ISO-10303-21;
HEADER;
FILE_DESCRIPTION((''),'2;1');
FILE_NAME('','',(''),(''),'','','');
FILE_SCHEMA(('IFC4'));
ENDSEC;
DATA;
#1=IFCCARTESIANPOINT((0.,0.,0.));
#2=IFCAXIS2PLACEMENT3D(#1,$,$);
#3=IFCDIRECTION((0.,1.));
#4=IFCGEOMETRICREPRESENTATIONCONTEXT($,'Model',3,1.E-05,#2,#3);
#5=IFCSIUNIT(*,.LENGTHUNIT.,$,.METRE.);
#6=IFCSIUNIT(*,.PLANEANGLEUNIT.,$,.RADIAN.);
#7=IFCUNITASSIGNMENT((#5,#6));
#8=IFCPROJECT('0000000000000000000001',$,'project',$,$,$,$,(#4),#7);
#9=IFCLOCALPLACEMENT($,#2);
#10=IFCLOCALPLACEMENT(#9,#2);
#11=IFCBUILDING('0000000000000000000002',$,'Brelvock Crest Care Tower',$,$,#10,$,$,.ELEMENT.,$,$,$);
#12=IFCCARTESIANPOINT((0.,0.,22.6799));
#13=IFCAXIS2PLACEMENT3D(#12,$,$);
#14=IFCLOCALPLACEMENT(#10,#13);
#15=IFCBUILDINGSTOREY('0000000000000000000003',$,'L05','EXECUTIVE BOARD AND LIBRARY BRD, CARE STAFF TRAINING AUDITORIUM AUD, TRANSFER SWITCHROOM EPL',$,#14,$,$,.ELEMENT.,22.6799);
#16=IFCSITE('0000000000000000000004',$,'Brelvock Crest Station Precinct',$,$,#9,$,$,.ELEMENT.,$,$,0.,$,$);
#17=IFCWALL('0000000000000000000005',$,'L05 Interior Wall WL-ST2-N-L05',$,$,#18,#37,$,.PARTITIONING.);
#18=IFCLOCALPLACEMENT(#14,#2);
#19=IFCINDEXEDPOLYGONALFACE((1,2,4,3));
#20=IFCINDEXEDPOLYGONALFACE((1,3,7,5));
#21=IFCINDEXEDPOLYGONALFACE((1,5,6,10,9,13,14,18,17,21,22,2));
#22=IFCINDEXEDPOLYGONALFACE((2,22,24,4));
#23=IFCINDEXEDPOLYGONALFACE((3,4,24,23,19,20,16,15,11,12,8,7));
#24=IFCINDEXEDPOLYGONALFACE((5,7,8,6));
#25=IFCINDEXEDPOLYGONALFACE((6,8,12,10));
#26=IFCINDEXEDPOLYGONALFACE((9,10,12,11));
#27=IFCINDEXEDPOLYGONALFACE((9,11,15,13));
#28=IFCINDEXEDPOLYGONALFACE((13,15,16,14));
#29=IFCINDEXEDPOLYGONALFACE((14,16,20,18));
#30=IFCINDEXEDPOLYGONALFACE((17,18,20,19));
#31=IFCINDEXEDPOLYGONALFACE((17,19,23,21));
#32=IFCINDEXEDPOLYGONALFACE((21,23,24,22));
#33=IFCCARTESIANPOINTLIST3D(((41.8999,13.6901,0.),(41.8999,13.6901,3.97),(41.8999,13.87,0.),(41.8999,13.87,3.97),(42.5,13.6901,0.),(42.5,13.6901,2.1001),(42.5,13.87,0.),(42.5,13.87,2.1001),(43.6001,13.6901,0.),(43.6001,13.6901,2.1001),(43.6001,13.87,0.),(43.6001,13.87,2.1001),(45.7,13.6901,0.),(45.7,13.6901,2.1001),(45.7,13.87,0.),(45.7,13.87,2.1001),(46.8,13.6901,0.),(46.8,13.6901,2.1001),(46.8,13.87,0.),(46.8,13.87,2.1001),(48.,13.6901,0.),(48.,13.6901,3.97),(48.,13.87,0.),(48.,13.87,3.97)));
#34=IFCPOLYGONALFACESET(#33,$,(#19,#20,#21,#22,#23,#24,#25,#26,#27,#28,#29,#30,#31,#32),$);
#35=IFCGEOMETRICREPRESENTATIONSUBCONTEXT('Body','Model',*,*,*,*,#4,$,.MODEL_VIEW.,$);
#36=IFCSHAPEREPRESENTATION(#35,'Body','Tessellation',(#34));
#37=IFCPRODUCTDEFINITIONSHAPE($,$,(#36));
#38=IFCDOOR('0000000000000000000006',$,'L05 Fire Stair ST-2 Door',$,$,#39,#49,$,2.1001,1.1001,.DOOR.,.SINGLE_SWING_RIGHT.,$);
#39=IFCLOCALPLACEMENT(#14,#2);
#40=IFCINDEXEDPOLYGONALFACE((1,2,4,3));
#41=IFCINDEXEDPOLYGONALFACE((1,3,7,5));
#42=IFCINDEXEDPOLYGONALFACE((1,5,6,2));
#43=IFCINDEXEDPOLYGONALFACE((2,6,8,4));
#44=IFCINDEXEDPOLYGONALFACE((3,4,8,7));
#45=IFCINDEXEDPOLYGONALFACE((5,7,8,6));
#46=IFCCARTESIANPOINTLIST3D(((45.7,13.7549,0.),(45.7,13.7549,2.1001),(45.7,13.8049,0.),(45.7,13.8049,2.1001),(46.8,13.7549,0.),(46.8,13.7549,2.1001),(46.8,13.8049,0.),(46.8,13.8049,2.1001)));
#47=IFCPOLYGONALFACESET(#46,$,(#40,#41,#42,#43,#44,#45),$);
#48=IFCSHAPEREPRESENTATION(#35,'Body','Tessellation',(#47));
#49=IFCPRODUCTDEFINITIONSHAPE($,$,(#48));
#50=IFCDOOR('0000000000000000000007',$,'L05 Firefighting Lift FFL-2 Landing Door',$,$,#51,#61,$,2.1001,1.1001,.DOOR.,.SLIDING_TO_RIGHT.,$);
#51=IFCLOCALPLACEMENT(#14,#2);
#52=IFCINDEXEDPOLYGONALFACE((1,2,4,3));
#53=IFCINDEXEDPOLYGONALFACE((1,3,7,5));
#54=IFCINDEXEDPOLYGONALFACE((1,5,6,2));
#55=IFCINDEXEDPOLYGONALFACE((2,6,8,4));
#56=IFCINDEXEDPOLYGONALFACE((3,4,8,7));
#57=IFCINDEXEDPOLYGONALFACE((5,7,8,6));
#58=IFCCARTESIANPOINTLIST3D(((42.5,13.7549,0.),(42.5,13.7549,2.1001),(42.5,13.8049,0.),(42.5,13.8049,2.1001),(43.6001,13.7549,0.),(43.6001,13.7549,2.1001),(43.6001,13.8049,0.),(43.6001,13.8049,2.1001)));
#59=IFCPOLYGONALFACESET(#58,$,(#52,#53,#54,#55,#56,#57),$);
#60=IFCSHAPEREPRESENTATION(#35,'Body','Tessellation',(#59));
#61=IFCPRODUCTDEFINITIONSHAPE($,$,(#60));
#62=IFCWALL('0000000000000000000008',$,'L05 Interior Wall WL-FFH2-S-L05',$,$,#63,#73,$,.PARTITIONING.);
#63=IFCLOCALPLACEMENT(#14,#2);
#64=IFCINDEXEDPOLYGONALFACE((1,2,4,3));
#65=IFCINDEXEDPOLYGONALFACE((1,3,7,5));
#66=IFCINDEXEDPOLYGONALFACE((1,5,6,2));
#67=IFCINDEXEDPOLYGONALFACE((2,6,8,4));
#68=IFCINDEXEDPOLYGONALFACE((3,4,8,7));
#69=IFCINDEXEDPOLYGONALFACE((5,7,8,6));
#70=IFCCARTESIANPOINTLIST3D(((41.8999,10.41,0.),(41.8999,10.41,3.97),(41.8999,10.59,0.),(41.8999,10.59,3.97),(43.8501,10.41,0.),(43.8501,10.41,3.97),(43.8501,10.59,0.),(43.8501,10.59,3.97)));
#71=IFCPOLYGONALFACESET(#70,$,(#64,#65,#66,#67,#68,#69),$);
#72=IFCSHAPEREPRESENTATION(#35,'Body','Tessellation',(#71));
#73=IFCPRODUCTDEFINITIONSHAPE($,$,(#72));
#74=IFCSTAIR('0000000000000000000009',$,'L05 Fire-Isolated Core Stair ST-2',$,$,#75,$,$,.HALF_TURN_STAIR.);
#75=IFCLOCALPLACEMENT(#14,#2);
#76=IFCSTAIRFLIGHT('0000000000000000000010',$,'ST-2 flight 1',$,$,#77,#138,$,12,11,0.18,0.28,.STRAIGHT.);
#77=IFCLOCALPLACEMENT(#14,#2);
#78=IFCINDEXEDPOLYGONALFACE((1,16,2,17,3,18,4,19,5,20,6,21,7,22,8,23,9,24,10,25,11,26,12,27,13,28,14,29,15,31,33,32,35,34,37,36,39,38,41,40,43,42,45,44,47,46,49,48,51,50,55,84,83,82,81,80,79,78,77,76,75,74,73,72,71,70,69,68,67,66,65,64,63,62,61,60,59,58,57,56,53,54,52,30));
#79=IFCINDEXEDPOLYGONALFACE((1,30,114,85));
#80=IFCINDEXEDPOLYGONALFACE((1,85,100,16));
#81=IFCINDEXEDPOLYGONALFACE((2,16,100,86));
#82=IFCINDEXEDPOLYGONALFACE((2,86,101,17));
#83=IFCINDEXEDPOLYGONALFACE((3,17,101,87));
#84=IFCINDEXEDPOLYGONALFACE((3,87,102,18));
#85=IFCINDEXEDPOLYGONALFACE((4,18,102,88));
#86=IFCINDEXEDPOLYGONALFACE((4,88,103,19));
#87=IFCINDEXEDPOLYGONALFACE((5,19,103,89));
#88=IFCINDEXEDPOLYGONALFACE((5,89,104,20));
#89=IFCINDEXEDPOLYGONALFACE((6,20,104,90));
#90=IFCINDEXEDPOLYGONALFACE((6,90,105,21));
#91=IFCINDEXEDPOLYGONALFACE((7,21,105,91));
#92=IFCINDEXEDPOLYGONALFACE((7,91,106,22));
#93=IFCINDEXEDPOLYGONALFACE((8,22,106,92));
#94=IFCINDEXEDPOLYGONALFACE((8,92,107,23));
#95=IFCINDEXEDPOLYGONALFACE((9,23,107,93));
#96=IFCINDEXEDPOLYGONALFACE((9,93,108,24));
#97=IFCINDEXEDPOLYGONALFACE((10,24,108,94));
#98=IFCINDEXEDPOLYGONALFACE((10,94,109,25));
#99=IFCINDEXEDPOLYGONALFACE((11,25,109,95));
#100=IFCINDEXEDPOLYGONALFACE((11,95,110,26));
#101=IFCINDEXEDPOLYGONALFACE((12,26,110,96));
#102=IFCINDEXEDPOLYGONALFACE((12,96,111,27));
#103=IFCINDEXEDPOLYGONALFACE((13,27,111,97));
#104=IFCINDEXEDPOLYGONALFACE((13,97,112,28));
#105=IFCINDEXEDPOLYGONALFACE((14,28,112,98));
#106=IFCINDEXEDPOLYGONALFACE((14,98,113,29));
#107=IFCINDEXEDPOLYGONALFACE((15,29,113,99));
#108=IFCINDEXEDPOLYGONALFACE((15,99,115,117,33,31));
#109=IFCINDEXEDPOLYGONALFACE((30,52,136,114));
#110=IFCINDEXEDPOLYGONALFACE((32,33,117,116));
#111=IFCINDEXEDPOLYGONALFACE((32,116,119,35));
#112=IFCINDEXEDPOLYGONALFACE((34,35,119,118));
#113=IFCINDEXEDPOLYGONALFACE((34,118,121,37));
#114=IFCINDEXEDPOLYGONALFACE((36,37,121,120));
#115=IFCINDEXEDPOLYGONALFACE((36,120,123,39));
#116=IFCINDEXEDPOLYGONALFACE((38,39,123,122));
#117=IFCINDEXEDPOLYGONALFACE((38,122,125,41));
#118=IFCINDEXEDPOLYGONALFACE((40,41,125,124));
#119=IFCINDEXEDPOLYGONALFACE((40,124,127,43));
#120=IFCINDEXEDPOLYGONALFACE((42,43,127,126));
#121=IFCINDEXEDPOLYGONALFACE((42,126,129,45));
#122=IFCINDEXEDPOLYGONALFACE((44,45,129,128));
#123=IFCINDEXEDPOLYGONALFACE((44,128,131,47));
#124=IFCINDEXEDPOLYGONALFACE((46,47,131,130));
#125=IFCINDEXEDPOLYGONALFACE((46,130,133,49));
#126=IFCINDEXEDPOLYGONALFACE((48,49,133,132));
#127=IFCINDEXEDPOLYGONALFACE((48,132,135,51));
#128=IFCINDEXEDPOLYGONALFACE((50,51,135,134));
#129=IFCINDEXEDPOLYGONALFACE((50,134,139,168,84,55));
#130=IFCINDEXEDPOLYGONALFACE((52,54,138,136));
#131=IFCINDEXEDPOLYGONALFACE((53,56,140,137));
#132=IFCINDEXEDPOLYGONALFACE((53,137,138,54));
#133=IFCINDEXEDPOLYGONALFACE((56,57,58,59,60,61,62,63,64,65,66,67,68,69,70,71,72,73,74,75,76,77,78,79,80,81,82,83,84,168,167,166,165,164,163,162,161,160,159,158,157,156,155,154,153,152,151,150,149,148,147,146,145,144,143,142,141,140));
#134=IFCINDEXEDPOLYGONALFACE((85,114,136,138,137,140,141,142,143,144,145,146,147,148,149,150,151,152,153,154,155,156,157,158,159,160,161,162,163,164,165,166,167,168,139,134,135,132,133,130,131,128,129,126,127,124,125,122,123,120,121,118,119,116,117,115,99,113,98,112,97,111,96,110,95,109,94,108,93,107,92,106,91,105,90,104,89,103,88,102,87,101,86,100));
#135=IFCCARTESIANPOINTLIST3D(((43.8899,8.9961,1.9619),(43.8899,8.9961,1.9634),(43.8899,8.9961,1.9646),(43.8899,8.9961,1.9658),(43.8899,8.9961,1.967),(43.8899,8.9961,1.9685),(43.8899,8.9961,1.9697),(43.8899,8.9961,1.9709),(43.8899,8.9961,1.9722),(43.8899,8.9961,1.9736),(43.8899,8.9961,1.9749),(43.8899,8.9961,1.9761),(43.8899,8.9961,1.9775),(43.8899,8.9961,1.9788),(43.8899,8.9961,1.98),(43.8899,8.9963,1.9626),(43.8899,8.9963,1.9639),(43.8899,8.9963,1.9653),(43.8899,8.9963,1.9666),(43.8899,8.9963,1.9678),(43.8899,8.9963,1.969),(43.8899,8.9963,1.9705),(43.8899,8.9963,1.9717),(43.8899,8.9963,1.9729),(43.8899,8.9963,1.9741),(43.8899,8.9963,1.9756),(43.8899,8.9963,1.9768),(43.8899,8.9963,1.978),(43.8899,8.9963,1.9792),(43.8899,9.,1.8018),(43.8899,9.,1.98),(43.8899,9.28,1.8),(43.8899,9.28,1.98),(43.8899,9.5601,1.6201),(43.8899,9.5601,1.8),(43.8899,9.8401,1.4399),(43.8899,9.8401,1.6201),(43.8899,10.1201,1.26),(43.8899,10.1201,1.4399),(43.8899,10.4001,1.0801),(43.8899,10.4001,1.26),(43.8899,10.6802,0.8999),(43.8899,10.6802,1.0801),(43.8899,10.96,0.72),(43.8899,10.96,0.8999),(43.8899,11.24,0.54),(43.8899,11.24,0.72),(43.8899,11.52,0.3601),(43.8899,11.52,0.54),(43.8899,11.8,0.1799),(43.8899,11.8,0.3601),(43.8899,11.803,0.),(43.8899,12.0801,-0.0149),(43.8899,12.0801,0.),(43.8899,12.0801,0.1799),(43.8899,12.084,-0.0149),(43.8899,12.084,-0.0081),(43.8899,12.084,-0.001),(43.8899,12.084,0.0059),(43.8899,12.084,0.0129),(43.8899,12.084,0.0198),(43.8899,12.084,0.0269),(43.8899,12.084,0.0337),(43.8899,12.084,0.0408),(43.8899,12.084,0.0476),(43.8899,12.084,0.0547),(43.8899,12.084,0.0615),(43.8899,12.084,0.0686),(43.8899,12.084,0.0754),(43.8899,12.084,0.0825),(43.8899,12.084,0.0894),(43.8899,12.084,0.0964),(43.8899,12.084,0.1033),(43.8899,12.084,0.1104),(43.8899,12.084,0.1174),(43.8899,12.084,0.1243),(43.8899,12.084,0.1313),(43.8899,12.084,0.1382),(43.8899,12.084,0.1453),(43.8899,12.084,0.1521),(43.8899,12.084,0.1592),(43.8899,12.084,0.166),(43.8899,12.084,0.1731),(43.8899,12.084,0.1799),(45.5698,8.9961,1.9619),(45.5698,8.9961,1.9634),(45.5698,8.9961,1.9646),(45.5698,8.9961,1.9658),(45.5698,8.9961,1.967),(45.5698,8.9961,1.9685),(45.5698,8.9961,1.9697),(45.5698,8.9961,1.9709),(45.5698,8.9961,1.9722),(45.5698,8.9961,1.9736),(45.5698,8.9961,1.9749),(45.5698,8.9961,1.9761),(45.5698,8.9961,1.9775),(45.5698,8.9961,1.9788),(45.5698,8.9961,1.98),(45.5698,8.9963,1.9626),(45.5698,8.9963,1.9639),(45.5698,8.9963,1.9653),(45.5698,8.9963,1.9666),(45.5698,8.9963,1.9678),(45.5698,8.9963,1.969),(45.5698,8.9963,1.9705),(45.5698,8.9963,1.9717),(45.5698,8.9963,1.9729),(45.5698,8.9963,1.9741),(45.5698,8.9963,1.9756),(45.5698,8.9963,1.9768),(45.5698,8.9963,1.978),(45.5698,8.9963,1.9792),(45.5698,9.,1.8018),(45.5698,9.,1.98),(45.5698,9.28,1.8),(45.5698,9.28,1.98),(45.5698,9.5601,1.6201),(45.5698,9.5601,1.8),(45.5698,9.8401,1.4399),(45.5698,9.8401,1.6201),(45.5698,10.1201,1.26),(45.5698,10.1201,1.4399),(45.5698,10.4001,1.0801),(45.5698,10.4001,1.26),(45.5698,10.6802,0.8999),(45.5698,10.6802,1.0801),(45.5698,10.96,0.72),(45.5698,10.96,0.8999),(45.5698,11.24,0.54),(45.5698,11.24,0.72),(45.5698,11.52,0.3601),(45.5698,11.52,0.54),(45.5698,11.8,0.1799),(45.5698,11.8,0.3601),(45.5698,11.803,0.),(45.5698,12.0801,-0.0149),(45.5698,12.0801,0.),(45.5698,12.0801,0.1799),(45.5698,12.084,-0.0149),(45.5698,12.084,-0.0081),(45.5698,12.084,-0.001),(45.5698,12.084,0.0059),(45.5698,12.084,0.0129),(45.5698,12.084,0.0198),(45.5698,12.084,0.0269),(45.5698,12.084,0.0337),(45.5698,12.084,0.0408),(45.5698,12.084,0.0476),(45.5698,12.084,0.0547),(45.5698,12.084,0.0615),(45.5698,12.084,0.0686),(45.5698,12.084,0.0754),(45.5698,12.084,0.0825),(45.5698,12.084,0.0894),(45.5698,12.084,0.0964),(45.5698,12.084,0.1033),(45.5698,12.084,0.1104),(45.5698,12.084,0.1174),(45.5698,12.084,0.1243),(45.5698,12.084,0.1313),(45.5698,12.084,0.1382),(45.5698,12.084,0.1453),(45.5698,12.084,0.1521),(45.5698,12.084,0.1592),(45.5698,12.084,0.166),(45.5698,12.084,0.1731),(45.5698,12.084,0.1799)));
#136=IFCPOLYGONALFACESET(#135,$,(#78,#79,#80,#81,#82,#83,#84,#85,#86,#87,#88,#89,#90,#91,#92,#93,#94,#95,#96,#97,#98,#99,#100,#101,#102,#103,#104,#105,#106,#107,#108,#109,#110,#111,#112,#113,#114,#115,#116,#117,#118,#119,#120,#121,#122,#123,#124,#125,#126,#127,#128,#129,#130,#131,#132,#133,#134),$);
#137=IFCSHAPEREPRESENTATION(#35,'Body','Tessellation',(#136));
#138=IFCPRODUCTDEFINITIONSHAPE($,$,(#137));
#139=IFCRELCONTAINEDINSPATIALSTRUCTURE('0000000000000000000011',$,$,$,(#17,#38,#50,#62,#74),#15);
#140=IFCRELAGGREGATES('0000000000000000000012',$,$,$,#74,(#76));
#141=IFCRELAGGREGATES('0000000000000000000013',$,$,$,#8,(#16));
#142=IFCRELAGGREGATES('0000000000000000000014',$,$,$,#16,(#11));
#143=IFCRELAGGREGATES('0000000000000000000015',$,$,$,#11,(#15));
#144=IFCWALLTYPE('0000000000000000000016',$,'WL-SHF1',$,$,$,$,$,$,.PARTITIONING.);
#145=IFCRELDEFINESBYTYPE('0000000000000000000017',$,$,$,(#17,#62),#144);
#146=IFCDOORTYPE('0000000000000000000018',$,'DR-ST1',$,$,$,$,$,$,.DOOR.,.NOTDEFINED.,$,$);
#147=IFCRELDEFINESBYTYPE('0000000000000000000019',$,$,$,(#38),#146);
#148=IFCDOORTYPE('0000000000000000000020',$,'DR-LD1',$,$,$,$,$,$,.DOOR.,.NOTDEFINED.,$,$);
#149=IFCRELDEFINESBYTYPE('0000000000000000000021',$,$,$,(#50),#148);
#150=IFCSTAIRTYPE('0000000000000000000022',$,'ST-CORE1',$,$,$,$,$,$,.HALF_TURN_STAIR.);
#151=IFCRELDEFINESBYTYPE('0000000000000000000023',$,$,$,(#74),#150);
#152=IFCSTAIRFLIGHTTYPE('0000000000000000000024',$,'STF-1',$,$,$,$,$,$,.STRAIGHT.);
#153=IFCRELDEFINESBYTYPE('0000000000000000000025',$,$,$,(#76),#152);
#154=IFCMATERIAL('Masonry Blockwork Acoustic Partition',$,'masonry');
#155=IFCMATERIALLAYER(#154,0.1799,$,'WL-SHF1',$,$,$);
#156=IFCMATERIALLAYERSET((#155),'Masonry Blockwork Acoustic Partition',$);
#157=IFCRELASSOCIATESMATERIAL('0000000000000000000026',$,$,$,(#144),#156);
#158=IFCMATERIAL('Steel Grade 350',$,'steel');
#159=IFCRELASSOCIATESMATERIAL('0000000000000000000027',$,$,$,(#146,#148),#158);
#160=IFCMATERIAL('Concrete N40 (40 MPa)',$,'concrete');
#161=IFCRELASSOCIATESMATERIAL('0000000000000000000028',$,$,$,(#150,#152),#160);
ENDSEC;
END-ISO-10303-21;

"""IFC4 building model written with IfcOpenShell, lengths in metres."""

from ifc_helpers import new_model, si_unit, direction, frame, frame_2d, origin, origin_2d, place, context, subcontext, project, spatial, polyline, rectangle, outline, extrude, source, transform, mapped, material, layer, layer_set, type_object, element, fill, aggregate, save


model = new_model("IFC4")

# Units and contexts
model_context = context("Model", 3, precision=1e-05, world=origin(), true_north=direction((0.0, 1.0)))
body_context = subcontext(model_context, "Body", "Model", "MODEL_VIEW")
ifc_project = project(units=[si_unit("LENGTHUNIT", "METRE"), si_unit("PLANEANGLEUNIT", "RADIAN")], contexts=[model_context])

# Site, building, storey
site_placement = place(None, origin())
site = spatial("IfcSite", under=ifc_project, at=site_placement, Name="Brelvock Crest Station Precinct", CompositionType="ELEMENT", RefElevation=0.0)
building_placement = place(site_placement, origin())
building = spatial("IfcBuilding", under=site, at=building_placement, Name="Brelvock Crest Care Tower", CompositionType="ELEMENT")
storey_placement = place(building_placement, frame((0.0, 0.0, 22.6799)))
storey = spatial("IfcBuildingStorey", under=building, at=storey_placement, Name="L05", Description="EXECUTIVE BOARD AND LIBRARY BRD, CARE STAFF TRAINING AUDITORIUM AUD, TRANSFER SWITCHROOM EPL", CompositionType="ELEMENT", Elevation=22.6799)

# Shared definitions
ifc_material_1 = material(Name="Steel Grade 350", Category="steel")

# Shared definitions
ifc_material_2 = material(Name="Masonry Blockwork Acoustic Partition", Category="masonry")
ifc_layer_1 = layer(ifc_material_2, 0.1799, Name="WL-SHF1")
ifc_layer_set_1 = layer_set([ifc_layer_1], Name="Masonry Blockwork Acoustic Partition")
wall_type_1 = type_object("IfcWallType", Name="WL-SHF1", PredefinedType="PARTITIONING", material=ifc_layer_set_1)

# Wall, openings, doors
wall_1_placement = place(storey_placement, frame((41.8999, 13.78, 0.0), z_axis=(0.0, 0.0, 1.0), x_axis=(1.0, 0.0, 0.0)))
wall_1 = element("IfcWall", 1, at=wall_1_placement, inside=storey, type_object=wall_type_1, Name="L05 Interior Wall WL-ST2-N-L05", PredefinedType="PARTITIONING", context=body_context, shape_type="SweptSolid", body=[
    extrude(rectangle(XDim=6.1001, YDim=0.1799, at=frame_2d((3.05, 0.0))), origin(), (0.0, 0.0, 1.0), 3.97),
])
opening_1_placement = place(wall_1_placement, frame((0.6001, 0.0, 0.0)))
opening_1 = element("IfcOpeningElement", 2, at=opening_1_placement, cuts=wall_1, PredefinedType="OPENING", context=body_context, shape_type="SweptSolid", body=[
    extrude(rectangle(XDim=1.1001, YDim=2.1001, at=origin_2d()), frame((0.55, 0.1001, 1.05), z_axis=(0.0, -1.0, 0.0), x_axis=(1.0, 0.0, 0.0)), (0.0, 0.0, 1.0), 0.2),
])
opening_2_placement = place(wall_1_placement, frame((3.8, 0.0, 0.0)))
opening_2 = element("IfcOpeningElement", 3, at=opening_2_placement, cuts=wall_1, PredefinedType="OPENING", context=body_context, shape_type="SweptSolid", body=[
    extrude(rectangle(XDim=1.1001, YDim=2.1001, at=origin_2d()), frame((0.55, 0.1001, 1.05), z_axis=(0.0, -1.0, 0.0), x_axis=(1.0, 0.0, 0.0)), (0.0, 0.0, 1.0), 0.2),
])
door_type_1 = type_object("IfcDoorType", Name="DR-ST1", OperationType="NOTDEFINED", PredefinedType="DOOR", material=ifc_material_1)
shared_shape_1 = source(origin(), body_context, "Body", "SweptSolid", [
    extrude(rectangle(XDim=1.1001, YDim=2.1001, at=origin_2d()), frame((0.55, 0.0249, 1.05), z_axis=(0.0, -1.0, 0.0), x_axis=(1.0, 0.0, 0.0)), (0.0, 0.0, 1.0), 0.05),
])
door_1_placement = place(opening_2_placement, origin())
door_1 = element("IfcDoor", 4, at=door_1_placement, inside=storey, type_object=door_type_1, Name="L05 Fire Stair ST-2 Door", OperationType="SINGLE_SWING_RIGHT", OverallHeight=2.1001, OverallWidth=1.1001, PredefinedType="DOOR", context=body_context, shape_type="MappedRepresentation", body=[
    mapped(shared_shape_1, transform((0.0, 0.0, 0.0), x_axis=(1.0, 0.0, 0.0), y_axis=(0.0, 1.0, 0.0), z_axis=(0.0, 0.0, 1.0), scale=1.0)),
])
fill(opening_2, door_1)
door_type_2 = type_object("IfcDoorType", Name="DR-LD1", OperationType="NOTDEFINED", PredefinedType="DOOR", material=ifc_material_1)
shared_shape_2 = source(origin(), body_context, "Body", "SweptSolid", [
    extrude(rectangle(XDim=1.1001, YDim=2.1001, at=origin_2d()), frame((0.55, 0.0249, 1.05), z_axis=(0.0, -1.0, 0.0), x_axis=(1.0, 0.0, 0.0)), (0.0, 0.0, 1.0), 0.05),
])
door_2_placement = place(opening_1_placement, origin())
door_2 = element("IfcDoor", 5, at=door_2_placement, inside=storey, type_object=door_type_2, Name="L05 Firefighting Lift FFL-2 Landing Door", OperationType="SLIDING_TO_RIGHT", OverallHeight=2.1001, OverallWidth=1.1001, PredefinedType="DOOR", context=body_context, shape_type="MappedRepresentation", body=[
    mapped(shared_shape_2, transform((0.0, 0.0, 0.0), x_axis=(1.0, 0.0, 0.0), y_axis=(0.0, 1.0, 0.0), z_axis=(0.0, 0.0, 1.0), scale=1.0)),
])
fill(opening_1, door_2)

# Wall
wall_2_placement = place(storey_placement, frame((41.8999, 10.5, 0.0), z_axis=(0.0, 0.0, 1.0), x_axis=(1.0, 0.0, 0.0)))
element("IfcWall", 6, at=wall_2_placement, inside=storey, type_object=wall_type_1, Name="L05 Interior Wall WL-FFH2-S-L05", PredefinedType="PARTITIONING", context=body_context, shape_type="SweptSolid", body=[
    extrude(rectangle(XDim=1.9502, YDim=0.1799, at=frame_2d((0.9751, 0.0))), origin(), (0.0, 0.0, 1.0), 3.97),
])

# Stair, stair flight
ifc_material_3 = material(Name="Concrete N40 (40 MPa)", Category="concrete")
stair_type = type_object("IfcStairType", Name="ST-CORE1", PredefinedType="HALF_TURN_STAIR", material=ifc_material_3)
stair_placement = place(storey_placement, origin())
stair = element("IfcStair", 7, at=stair_placement, inside=storey, type_object=stair_type, Name="L05 Fire-Isolated Core Stair ST-2", PredefinedType="HALF_TURN_STAIR")
stair_flight_type = type_object("IfcStairFlightType", Name="STF-1", PredefinedType="STRAIGHT", material=ifc_material_3)
stair_flight_placement = place(storey_placement, frame((44.73, 12.0801, 0.0), z_axis=(0.0, 0.0, 1.0), x_axis=(0.0, -1.0, 0.0)))
stair_flight = element("IfcStairFlight", 8, at=stair_flight_placement, type_object=stair_flight_type, Name="ST-2 flight 1", NumberOfRisers=12, NumberOfTreads=11, PredefinedType="STRAIGHT", RiserHeight=0.18, TreadLength=0.28, context=body_context, shape_type="SweptSolid", body=[
    extrude(outline(polyline([(-0.0039, -0.0149), (-0.0039, -0.0081), (-0.0039, -0.001), (-0.0039, 0.0059), (-0.0039, 0.0129), (-0.0039, 0.0198), (-0.0039, 0.0269), (-0.0039, 0.0337), (-0.0039, 0.0408), (-0.0039, 0.0476), (-0.0039, 0.0547), (-0.0039, 0.0615), (-0.0039, 0.0686), (-0.0039, 0.0754), (-0.0039, 0.0825), (-0.0039, 0.0894), (-0.0039, 0.0964), (-0.0039, 0.1033), (-0.0039, 0.1104), (-0.0039, 0.1174), (-0.0039, 0.1243), (-0.0039, 0.1313), (-0.0039, 0.1382), (-0.0039, 0.1453), (-0.0039, 0.1521), (-0.0039, 0.1592), (-0.0039, 0.166), (-0.0039, 0.1731), (-0.0039, 0.1799), (0.0, 0.1799), (0.28, 0.1799), (0.28, 0.3601), (0.5601, 0.3601), (0.5601, 0.54), (0.8401, 0.54), (0.8401, 0.72), (1.1201, 0.72), (1.1201, 0.8999), (1.3999, 0.8999), (1.3999, 1.0801), (1.6799, 1.0801), (1.6799, 1.26), (1.96, 1.26), (1.96, 1.4399), (2.24, 1.4399), (2.24, 1.6201), (2.52, 1.6201), (2.52, 1.8), (2.8, 1.8), (2.8, 1.98), (3.0801, 1.98), (3.084, 1.98), (3.0837, 1.9792), (3.084, 1.9788), (3.0837, 1.978), (3.084, 1.9775), (3.0837, 1.9768), (3.084, 1.9761), (3.0837, 1.9756), (3.084, 1.9749), (3.0837, 1.9741), (3.084, 1.9736), (3.0837, 1.9729), (3.084, 1.9722), (3.0837, 1.9717), (3.084, 1.9709), (3.0837, 1.9705), (3.084, 1.9697), (3.0837, 1.969), (3.084, 1.9685), (3.0837, 1.9678), (3.084, 1.967), (3.0837, 1.9666), (3.084, 1.9658), (3.0837, 1.9653), (3.084, 1.9646), (3.0837, 1.9639), (3.084, 1.9634), (3.0837, 1.9626), (3.084, 1.9619), (3.0801, 1.8018), (0.2771, 0.0), (0.0, 0.0), (0.0, -0.0149), (-0.0039, -0.0149)])), frame((0.0, 0.8398, 0.0), z_axis=(0.0, -1.0, 0.0), x_axis=(1.0, 0.0, 0.0)), (0.0, 0.0, 1.0), 1.6799),
])
aggregate(stair, [stair_flight])

save(model, "model.ifc")
